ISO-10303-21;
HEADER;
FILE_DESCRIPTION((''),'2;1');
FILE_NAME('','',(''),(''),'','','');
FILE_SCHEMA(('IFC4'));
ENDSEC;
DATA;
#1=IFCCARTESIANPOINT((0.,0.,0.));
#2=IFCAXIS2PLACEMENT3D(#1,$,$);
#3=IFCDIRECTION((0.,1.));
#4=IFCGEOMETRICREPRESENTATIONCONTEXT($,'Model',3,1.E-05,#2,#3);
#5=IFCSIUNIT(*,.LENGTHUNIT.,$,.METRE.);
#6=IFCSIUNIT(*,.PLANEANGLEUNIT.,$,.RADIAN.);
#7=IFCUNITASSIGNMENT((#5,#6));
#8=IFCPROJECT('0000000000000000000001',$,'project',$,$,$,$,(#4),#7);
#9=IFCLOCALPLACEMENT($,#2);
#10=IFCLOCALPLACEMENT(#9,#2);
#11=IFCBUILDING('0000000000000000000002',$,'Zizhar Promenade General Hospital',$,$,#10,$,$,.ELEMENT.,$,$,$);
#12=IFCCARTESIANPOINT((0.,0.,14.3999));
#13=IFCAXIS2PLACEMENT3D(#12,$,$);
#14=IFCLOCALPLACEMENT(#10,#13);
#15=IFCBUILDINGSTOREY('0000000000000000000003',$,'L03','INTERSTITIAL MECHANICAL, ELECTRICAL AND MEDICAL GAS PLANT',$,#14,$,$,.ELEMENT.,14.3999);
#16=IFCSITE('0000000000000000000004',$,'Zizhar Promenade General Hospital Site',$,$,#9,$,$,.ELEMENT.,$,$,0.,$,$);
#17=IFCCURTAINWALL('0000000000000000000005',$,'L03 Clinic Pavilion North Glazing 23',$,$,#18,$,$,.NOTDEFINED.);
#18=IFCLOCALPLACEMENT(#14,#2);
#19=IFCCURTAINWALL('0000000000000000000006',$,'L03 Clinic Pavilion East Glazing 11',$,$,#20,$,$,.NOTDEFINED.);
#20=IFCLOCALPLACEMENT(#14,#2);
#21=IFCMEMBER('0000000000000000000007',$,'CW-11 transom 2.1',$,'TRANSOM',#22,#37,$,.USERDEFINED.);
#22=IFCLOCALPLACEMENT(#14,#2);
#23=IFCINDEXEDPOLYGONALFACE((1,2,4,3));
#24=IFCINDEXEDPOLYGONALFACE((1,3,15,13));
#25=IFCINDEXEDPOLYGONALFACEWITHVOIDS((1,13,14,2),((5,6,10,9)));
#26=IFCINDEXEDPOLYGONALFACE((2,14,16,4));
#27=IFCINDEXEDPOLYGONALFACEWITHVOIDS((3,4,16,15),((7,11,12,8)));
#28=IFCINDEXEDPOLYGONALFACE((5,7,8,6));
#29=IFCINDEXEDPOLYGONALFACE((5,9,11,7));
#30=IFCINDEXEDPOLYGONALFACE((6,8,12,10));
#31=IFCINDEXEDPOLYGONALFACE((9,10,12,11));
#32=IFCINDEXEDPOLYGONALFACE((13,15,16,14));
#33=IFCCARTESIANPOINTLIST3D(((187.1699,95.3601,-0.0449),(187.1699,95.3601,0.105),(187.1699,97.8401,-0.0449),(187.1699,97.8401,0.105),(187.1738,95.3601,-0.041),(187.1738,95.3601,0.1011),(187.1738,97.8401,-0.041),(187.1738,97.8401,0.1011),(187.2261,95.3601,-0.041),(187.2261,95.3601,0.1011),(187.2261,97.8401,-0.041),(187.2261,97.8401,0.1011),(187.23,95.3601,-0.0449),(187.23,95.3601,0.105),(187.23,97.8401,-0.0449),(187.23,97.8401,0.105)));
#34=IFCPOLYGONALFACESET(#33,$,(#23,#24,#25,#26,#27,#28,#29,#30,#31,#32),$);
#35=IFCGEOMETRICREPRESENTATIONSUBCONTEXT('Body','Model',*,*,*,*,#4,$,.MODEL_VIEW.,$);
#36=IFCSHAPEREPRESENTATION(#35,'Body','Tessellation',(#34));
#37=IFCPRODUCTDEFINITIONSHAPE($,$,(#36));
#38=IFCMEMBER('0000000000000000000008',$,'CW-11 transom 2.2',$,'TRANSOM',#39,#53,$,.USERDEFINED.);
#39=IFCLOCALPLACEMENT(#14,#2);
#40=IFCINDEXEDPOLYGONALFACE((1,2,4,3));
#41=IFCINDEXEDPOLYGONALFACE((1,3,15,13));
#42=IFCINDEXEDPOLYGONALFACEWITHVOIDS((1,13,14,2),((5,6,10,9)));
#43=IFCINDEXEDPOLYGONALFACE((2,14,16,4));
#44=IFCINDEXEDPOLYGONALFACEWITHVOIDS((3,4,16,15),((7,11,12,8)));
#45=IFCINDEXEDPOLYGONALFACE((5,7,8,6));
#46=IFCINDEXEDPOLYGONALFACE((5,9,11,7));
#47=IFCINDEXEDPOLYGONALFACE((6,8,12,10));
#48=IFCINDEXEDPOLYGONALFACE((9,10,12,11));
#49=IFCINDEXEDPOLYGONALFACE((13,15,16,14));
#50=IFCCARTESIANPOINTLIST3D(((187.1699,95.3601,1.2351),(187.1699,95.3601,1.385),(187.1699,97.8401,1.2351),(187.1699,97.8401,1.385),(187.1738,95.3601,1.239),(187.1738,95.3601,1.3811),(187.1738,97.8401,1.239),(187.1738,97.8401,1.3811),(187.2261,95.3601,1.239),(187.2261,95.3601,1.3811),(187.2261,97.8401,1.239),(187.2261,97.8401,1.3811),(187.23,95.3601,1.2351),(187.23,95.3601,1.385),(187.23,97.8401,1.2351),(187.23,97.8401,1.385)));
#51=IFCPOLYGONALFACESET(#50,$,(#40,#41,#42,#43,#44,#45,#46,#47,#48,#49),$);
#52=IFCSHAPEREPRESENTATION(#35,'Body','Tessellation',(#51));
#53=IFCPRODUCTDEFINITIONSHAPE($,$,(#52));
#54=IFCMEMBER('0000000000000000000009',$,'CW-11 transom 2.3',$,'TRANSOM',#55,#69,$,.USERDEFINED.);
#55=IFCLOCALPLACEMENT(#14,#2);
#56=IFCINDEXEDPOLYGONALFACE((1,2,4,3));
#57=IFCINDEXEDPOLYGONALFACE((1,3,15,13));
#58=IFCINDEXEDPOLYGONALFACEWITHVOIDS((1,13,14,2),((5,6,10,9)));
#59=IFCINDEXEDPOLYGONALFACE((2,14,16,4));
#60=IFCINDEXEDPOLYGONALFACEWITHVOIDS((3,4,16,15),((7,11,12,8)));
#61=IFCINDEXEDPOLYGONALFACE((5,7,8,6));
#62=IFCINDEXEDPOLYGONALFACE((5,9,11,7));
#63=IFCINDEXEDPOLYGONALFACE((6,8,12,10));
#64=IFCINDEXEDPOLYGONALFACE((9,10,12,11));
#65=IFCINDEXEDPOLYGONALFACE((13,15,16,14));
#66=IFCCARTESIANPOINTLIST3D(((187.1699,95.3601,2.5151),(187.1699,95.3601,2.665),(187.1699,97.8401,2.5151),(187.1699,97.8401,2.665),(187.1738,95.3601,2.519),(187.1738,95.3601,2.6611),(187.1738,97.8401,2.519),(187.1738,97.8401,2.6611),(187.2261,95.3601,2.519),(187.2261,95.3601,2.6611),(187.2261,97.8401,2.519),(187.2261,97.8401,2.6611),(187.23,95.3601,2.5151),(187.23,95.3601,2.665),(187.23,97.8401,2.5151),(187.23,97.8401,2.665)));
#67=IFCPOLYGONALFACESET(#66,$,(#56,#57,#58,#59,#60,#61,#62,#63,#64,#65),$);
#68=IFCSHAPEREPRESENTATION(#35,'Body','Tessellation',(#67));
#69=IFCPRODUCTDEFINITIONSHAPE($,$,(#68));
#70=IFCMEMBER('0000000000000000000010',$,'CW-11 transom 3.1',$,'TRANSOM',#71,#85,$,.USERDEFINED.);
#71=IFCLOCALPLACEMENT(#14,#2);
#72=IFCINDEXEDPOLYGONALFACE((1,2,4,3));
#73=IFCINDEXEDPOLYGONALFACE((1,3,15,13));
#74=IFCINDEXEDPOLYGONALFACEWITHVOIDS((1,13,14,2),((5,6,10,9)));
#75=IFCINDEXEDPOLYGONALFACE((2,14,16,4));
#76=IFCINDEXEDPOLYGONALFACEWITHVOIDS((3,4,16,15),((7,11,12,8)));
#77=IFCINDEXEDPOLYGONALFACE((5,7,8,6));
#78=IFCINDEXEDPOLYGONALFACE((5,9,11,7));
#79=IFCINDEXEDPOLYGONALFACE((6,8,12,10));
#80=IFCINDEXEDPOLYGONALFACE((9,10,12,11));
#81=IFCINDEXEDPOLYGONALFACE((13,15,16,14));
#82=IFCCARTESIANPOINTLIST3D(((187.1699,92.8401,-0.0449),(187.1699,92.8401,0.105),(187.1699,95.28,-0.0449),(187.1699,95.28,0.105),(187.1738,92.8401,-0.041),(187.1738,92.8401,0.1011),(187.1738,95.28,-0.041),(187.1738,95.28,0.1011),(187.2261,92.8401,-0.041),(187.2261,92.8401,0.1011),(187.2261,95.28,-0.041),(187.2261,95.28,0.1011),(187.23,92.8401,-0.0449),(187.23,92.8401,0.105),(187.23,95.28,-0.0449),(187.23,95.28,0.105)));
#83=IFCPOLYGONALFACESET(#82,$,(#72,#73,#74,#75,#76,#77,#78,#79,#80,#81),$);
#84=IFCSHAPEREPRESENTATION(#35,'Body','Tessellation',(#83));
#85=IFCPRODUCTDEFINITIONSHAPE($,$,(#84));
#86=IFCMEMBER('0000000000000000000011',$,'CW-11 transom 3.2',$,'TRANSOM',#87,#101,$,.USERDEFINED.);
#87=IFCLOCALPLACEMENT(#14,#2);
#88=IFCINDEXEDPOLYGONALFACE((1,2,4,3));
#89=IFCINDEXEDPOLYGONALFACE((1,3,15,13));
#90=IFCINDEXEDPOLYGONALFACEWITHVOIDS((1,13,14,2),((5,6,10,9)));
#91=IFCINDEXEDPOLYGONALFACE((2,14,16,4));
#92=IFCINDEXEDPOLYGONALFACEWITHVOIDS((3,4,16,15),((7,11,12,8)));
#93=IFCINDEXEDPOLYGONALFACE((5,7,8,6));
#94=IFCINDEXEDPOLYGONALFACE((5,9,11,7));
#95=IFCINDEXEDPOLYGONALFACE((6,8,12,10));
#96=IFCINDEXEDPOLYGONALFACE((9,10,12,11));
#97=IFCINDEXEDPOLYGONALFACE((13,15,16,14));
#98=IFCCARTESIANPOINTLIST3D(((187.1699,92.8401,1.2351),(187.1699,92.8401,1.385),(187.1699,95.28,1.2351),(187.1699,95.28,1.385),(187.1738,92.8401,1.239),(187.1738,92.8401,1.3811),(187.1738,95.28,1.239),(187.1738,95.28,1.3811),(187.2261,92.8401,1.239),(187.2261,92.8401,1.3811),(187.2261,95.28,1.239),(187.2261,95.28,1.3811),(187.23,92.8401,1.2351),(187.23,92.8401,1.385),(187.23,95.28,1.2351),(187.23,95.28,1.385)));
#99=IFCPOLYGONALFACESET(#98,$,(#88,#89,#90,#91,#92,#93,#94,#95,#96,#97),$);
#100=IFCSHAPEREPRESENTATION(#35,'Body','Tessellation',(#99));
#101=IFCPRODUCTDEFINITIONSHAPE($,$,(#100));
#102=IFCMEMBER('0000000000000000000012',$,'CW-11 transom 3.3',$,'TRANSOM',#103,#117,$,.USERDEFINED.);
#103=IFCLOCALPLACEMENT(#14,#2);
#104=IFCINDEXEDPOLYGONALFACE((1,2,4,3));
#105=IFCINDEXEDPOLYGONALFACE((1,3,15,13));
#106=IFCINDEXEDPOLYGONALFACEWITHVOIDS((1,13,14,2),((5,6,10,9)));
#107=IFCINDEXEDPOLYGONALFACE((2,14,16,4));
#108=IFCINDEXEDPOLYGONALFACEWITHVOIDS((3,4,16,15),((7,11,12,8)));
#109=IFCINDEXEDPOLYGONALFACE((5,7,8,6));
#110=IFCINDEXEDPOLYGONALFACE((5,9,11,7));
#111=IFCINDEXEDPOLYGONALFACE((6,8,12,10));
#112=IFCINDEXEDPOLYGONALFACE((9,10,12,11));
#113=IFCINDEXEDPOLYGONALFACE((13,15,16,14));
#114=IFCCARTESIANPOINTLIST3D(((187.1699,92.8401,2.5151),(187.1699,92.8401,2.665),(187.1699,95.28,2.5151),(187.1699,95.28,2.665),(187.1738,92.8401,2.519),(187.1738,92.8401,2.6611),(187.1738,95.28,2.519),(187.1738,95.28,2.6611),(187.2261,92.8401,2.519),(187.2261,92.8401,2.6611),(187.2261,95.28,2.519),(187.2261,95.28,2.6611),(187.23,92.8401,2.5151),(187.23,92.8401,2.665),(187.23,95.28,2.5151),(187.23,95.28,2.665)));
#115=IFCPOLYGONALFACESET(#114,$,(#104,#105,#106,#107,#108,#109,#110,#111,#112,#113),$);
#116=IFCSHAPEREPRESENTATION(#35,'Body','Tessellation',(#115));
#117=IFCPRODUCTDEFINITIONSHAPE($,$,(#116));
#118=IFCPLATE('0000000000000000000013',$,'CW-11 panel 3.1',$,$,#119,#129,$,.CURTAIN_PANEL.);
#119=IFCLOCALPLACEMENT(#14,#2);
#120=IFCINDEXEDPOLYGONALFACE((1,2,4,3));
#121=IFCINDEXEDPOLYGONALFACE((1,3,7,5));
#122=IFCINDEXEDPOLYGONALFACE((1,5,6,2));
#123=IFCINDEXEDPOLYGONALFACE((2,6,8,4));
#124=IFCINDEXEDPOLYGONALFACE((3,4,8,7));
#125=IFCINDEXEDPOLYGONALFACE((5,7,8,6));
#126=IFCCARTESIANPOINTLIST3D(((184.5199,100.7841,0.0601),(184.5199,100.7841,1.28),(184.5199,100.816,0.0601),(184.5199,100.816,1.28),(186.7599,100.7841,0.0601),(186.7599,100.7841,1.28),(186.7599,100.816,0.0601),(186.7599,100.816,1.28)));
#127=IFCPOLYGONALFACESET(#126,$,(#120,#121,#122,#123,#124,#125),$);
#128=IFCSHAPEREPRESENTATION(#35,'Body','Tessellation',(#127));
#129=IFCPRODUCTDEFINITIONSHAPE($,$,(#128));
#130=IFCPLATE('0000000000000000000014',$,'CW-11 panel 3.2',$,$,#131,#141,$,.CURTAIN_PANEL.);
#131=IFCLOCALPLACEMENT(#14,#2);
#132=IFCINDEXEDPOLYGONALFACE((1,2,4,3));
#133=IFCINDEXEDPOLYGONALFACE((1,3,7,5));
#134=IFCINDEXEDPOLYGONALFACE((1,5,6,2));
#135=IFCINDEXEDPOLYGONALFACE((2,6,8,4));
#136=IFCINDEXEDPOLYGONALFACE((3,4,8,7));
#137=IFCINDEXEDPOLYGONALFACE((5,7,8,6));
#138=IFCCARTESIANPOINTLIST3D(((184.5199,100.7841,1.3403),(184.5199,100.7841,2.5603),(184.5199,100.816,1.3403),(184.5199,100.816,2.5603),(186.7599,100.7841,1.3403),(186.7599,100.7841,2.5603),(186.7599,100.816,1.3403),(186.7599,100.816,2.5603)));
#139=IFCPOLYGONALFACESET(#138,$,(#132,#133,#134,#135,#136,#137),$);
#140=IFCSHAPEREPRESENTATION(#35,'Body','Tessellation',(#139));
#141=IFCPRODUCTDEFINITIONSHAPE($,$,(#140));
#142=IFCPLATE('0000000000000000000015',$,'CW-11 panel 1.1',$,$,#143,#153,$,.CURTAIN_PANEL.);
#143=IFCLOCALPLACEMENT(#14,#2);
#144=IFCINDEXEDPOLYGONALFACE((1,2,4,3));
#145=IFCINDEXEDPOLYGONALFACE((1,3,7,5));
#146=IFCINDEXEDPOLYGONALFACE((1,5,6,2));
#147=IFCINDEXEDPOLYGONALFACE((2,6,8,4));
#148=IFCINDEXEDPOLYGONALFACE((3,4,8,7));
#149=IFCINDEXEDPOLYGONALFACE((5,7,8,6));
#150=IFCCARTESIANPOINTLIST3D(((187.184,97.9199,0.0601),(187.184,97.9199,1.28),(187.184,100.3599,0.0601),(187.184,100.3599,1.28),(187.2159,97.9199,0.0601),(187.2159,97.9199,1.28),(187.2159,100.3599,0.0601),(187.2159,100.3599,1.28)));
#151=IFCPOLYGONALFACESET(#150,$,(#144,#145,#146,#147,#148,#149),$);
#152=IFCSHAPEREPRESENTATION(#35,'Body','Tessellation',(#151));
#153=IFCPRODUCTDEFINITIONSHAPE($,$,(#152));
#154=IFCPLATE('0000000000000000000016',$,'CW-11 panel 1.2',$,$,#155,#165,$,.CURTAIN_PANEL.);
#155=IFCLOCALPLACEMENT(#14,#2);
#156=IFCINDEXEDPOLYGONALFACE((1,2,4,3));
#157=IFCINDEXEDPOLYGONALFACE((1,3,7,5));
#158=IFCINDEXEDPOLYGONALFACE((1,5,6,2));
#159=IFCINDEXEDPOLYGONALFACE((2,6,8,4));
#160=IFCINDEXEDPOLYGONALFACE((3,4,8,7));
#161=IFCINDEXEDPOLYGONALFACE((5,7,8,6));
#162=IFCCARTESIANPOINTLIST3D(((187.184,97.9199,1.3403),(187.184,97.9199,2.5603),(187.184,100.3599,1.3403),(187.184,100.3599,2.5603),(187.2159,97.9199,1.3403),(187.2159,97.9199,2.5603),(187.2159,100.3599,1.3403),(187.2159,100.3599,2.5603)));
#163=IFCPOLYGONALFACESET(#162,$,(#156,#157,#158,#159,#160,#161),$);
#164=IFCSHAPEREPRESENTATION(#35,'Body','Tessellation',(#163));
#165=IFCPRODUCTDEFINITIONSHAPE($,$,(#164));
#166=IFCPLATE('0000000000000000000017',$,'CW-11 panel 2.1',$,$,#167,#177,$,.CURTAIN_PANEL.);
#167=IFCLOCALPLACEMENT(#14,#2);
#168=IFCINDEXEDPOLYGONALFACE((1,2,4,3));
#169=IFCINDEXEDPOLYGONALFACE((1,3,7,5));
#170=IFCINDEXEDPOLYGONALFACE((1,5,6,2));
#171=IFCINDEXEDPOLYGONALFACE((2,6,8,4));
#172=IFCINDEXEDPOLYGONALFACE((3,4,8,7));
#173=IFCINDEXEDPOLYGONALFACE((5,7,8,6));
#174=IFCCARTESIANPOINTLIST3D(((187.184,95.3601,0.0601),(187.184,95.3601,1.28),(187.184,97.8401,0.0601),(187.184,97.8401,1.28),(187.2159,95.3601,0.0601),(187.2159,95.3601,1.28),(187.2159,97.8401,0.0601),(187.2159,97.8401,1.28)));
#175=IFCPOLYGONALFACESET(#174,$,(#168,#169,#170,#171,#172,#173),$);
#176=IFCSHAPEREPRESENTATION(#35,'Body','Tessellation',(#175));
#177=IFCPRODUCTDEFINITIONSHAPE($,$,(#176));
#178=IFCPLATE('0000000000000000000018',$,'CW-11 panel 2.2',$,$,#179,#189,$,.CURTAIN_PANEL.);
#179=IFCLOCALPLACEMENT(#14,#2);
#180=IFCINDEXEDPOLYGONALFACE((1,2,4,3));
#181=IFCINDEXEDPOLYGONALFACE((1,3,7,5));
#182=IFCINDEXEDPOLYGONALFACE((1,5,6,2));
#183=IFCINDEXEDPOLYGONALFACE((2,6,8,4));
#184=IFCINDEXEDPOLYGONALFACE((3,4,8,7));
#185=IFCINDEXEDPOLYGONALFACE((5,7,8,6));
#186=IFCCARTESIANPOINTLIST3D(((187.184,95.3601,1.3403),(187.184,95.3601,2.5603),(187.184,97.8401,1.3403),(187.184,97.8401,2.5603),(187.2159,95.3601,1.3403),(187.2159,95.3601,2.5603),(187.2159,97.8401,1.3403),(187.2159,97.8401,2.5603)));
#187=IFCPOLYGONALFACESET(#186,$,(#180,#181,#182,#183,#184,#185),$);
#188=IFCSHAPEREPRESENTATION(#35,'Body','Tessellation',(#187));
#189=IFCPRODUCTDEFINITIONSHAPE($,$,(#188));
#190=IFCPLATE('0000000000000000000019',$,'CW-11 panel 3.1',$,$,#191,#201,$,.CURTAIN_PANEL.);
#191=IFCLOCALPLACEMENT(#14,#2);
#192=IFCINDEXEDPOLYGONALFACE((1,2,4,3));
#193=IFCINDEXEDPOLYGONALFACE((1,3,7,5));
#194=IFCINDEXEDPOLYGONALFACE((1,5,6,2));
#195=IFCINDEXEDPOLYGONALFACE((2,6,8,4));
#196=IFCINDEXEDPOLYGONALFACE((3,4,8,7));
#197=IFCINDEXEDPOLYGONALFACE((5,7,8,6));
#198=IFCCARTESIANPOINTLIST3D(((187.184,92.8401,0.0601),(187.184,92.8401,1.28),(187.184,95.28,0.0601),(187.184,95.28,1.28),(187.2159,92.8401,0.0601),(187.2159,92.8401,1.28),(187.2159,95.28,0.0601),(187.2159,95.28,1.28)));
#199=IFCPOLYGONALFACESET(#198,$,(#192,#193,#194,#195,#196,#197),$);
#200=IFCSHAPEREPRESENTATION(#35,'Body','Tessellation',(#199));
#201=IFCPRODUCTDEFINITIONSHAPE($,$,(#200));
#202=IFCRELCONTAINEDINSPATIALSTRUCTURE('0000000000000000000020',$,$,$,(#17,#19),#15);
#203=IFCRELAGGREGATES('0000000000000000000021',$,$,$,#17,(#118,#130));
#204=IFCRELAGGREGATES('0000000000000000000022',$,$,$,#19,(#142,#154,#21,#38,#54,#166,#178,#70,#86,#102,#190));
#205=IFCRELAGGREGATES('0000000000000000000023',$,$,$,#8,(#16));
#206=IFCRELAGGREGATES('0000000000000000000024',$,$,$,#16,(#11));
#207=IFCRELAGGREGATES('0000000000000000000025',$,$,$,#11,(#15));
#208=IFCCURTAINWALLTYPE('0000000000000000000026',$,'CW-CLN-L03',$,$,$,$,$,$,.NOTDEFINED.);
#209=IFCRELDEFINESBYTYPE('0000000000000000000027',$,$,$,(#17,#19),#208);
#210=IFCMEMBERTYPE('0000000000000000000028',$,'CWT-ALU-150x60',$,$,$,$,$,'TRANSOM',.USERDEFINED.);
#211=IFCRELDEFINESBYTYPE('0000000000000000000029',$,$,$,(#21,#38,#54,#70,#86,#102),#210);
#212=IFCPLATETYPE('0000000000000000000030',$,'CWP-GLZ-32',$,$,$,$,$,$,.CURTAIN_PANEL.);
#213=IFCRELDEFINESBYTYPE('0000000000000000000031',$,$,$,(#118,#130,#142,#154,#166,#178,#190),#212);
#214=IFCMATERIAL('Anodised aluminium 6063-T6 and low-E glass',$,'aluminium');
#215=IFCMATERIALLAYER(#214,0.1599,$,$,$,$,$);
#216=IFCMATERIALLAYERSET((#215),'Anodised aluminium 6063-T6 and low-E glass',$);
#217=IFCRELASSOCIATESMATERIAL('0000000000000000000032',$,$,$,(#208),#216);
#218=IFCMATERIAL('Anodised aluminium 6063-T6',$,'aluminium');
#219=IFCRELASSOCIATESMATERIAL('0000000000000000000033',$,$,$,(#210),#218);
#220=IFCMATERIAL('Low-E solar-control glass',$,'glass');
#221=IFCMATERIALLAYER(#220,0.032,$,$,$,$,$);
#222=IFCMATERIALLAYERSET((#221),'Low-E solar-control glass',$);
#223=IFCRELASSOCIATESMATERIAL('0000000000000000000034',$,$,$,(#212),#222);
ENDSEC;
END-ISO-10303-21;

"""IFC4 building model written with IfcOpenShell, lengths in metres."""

from ifc_helpers import new_model, si_unit, direction, frame, origin, origin_2d, place, context, subcontext, project, spatial, rectangle, hollow_rectangle, extrude, material, layer, layer_set, material_profile, profile_set, type_object, element, aggregate, save


model = new_model("IFC4")

# Units and contexts
model_context = context("Model", 3, precision=1e-05, world=origin(), true_north=direction((0.0, 1.0)))
body_context = subcontext(model_context, "Body", "Model", "MODEL_VIEW")
ifc_project = project(units=[si_unit("LENGTHUNIT", "METRE"), si_unit("PLANEANGLEUNIT", "RADIAN")], contexts=[model_context])

# Site, building, storey
site_placement = place(None, origin())
site = spatial("IfcSite", under=ifc_project, at=site_placement, Name="Zizhar Promenade General Hospital Site", CompositionType="ELEMENT", RefElevation=0.0)
building_placement = place(site_placement, origin())
building = spatial("IfcBuilding", under=site, at=building_placement, Name="Zizhar Promenade General Hospital", CompositionType="ELEMENT")
storey_placement = place(building_placement, frame((0.0, 0.0, 14.3999)))
storey = spatial("IfcBuildingStorey", under=building, at=storey_placement, Name="L03", Description="INTERSTITIAL MECHANICAL, ELECTRICAL AND MEDICAL GAS PLANT", CompositionType="ELEMENT", Elevation=14.3999)

# Curtain wall
ifc_material_1 = material(Name="Anodised aluminium 6063-T6 and low-E glass", Category="aluminium")
ifc_layer_1 = layer(ifc_material_1, 0.1599)
ifc_layer_set_1 = layer_set([ifc_layer_1], Name="Anodised aluminium 6063-T6 and low-E glass")
curtain_wall_type = type_object("IfcCurtainWallType", Name="CW-CLN-L03", PredefinedType="NOTDEFINED", material=ifc_layer_set_1)
curtain_wall_1_placement = place(storey_placement, origin())
curtain_wall_1 = element("IfcCurtainWall", 1, at=curtain_wall_1_placement, inside=storey, type_object=curtain_wall_type, Name="L03 Clinic Pavilion North Glazing 23", PredefinedType="NOTDEFINED")

# Curtain wall, members
curtain_wall_2_placement = place(storey_placement, origin())
curtain_wall_2 = element("IfcCurtainWall", 2, at=curtain_wall_2_placement, inside=storey, type_object=curtain_wall_type, Name="L03 Clinic Pavilion East Glazing 11", PredefinedType="NOTDEFINED")
ifc_material_2 = material(Name="Anodised aluminium 6063-T6", Category="aluminium")
ifc_material_profile_1 = material_profile(ifc_material_2, hollow_rectangle(XDim=0.0601, YDim=0.1499, WallThickness=0.0039, at=origin_2d()))
ifc_profile_set_1 = profile_set([ifc_material_profile_1], Name="Anodised aluminium 6063-T6")
member_type_1 = type_object("IfcMemberType", Name="CWT-ALU-150x60", ElementType="TRANSOM", PredefinedType="USERDEFINED", material=ifc_profile_set_1)
member_1_placement = place(storey_placement, frame((187.2, 97.8401, 0.03), z_axis=(0.0, -1.0, 0.0), x_axis=(1.0, 0.0, 0.0)))
member_1 = element("IfcMember", 3, at=member_1_placement, type_object=member_type_1, Name="CW-11 transom 2.1", ObjectType="TRANSOM", PredefinedType="USERDEFINED", context=body_context, shape_type="SweptSolid", body=[
    extrude(hollow_rectangle(XDim=0.0601, YDim=0.1499, WallThickness=0.0039, at=origin_2d()), origin(), (0.0, 0.0, 1.0), 2.48),
])
member_2_placement = place(storey_placement, frame((187.2, 97.8401, 1.3101), z_axis=(0.0, -1.0, 0.0), x_axis=(1.0, 0.0, 0.0)))
member_2 = element("IfcMember", 4, at=member_2_placement, type_object=member_type_1, Name="CW-11 transom 2.2", ObjectType="TRANSOM", PredefinedType="USERDEFINED", context=body_context, shape_type="SweptSolid", body=[
    extrude(hollow_rectangle(XDim=0.0601, YDim=0.1499, WallThickness=0.0039, at=origin_2d()), origin(), (0.0, 0.0, 1.0), 2.48),
])
member_3_placement = place(storey_placement, frame((187.2, 97.8401, 2.5901), z_axis=(0.0, -1.0, 0.0), x_axis=(1.0, 0.0, 0.0)))
member_3 = element("IfcMember", 5, at=member_3_placement, type_object=member_type_1, Name="CW-11 transom 2.3", ObjectType="TRANSOM", PredefinedType="USERDEFINED", context=body_context, shape_type="SweptSolid", body=[
    extrude(hollow_rectangle(XDim=0.0601, YDim=0.1499, WallThickness=0.0039, at=origin_2d()), origin(), (0.0, 0.0, 1.0), 2.48),
])
member_4_placement = place(storey_placement, frame((187.2, 95.28, 0.03), z_axis=(0.0, -1.0, 0.0), x_axis=(1.0, 0.0, 0.0)))
member_4 = element("IfcMember", 6, at=member_4_placement, type_object=member_type_1, Name="CW-11 transom 3.1", ObjectType="TRANSOM", PredefinedType="USERDEFINED", context=body_context, shape_type="SweptSolid", body=[
    extrude(hollow_rectangle(XDim=0.0601, YDim=0.1499, WallThickness=0.0039, at=origin_2d()), origin(), (0.0, 0.0, 1.0), 2.4399),
])
member_5_placement = place(storey_placement, frame((187.2, 95.28, 1.3101), z_axis=(0.0, -1.0, 0.0), x_axis=(1.0, 0.0, 0.0)))
member_5 = element("IfcMember", 7, at=member_5_placement, type_object=member_type_1, Name="CW-11 transom 3.2", ObjectType="TRANSOM", PredefinedType="USERDEFINED", context=body_context, shape_type="SweptSolid", body=[
    extrude(hollow_rectangle(XDim=0.0601, YDim=0.1499, WallThickness=0.0039, at=origin_2d()), origin(), (0.0, 0.0, 1.0), 2.4399),
])
member_6_placement = place(storey_placement, frame((187.2, 95.28, 2.5901), z_axis=(0.0, -1.0, 0.0), x_axis=(1.0, 0.0, 0.0)))
member_6 = element("IfcMember", 8, at=member_6_placement, type_object=member_type_1, Name="CW-11 transom 3.3", ObjectType="TRANSOM", PredefinedType="USERDEFINED", context=body_context, shape_type="SweptSolid", body=[
    extrude(hollow_rectangle(XDim=0.0601, YDim=0.1499, WallThickness=0.0039, at=origin_2d()), origin(), (0.0, 0.0, 1.0), 2.4399),
])

# Plates
ifc_material_3 = material(Name="Low-E solar-control glass", Category="glass")
ifc_layer_2 = layer(ifc_material_3, 0.032)
ifc_layer_set_2 = layer_set([ifc_layer_2], Name="Low-E solar-control glass")
plate_type = type_object("IfcPlateType", Name="CWP-GLZ-32", PredefinedType="CURTAIN_PANEL", material=ifc_layer_set_2)
plate_1_placement = place(storey_placement, frame((185.6399, 100.8, 0.0601), z_axis=(0.0, 0.0, 1.0), x_axis=(1.0, 0.0, 0.0)))
plate_1 = element("IfcPlate", 9, at=plate_1_placement, type_object=plate_type, Name="CW-11 panel 3.1", PredefinedType="CURTAIN_PANEL", context=body_context, shape_type="SweptSolid", body=[
    extrude(rectangle(XDim=2.24, YDim=0.032, at=origin_2d()), origin(), (0.0, 0.0, 1.0), 1.22),
])
plate_2_placement = place(storey_placement, frame((185.6399, 100.8, 1.3403), z_axis=(0.0, 0.0, 1.0), x_axis=(1.0, 0.0, 0.0)))
plate_2 = element("IfcPlate", 10, at=plate_2_placement, type_object=plate_type, Name="CW-11 panel 3.2", PredefinedType="CURTAIN_PANEL", context=body_context, shape_type="SweptSolid", body=[
    extrude(rectangle(XDim=2.24, YDim=0.032, at=origin_2d()), origin(), (0.0, 0.0, 1.0), 1.22),
])
aggregate(curtain_wall_1, [plate_1, plate_2])
plate_3_placement = place(storey_placement, frame((187.2, 99.1399, 0.0601), z_axis=(0.0, 0.0, 1.0), x_axis=(0.0, -1.0, 0.0)))
plate_3 = element("IfcPlate", 11, at=plate_3_placement, type_object=plate_type, Name="CW-11 panel 1.1", PredefinedType="CURTAIN_PANEL", context=body_context, shape_type="SweptSolid", body=[
    extrude(rectangle(XDim=2.4399, YDim=0.032, at=origin_2d()), origin(), (0.0, 0.0, 1.0), 1.22),
])
plate_4_placement = place(storey_placement, frame((187.2, 99.1399, 1.3403), z_axis=(0.0, 0.0, 1.0), x_axis=(0.0, -1.0, 0.0)))
plate_4 = element("IfcPlate", 12, at=plate_4_placement, type_object=plate_type, Name="CW-11 panel 1.2", PredefinedType="CURTAIN_PANEL", context=body_context, shape_type="SweptSolid", body=[
    extrude(rectangle(XDim=2.4399, YDim=0.032, at=origin_2d()), origin(), (0.0, 0.0, 1.0), 1.22),
])
plate_5_placement = place(storey_placement, frame((187.2, 96.6001, 0.0601), z_axis=(0.0, 0.0, 1.0), x_axis=(0.0, -1.0, 0.0)))
plate_5 = element("IfcPlate", 13, at=plate_5_placement, type_object=plate_type, Name="CW-11 panel 2.1", PredefinedType="CURTAIN_PANEL", context=body_context, shape_type="SweptSolid", body=[
    extrude(rectangle(XDim=2.48, YDim=0.032, at=origin_2d()), origin(), (0.0, 0.0, 1.0), 1.22),
])
plate_6_placement = place(storey_placement, frame((187.2, 96.6001, 1.3403), z_axis=(0.0, 0.0, 1.0), x_axis=(0.0, -1.0, 0.0)))
plate_6 = element("IfcPlate", 14, at=plate_6_placement, type_object=plate_type, Name="CW-11 panel 2.2", PredefinedType="CURTAIN_PANEL", context=body_context, shape_type="SweptSolid", body=[
    extrude(rectangle(XDim=2.48, YDim=0.032, at=origin_2d()), origin(), (0.0, 0.0, 1.0), 1.22),
])
plate_7_placement = place(storey_placement, frame((187.2, 94.0601, 0.0601), z_axis=(0.0, 0.0, 1.0), x_axis=(0.0, -1.0, 0.0)))
plate_7 = element("IfcPlate", 15, at=plate_7_placement, type_object=plate_type, Name="CW-11 panel 3.1", PredefinedType="CURTAIN_PANEL", context=body_context, shape_type="SweptSolid", body=[
    extrude(rectangle(XDim=2.4399, YDim=0.032, at=origin_2d()), origin(), (0.0, 0.0, 1.0), 1.22),
])
aggregate(curtain_wall_2, [plate_3, plate_4, member_1, member_2, member_3, plate_5, plate_6, member_4, member_5, member_6, plate_7])

save(model, "model.ifc")
